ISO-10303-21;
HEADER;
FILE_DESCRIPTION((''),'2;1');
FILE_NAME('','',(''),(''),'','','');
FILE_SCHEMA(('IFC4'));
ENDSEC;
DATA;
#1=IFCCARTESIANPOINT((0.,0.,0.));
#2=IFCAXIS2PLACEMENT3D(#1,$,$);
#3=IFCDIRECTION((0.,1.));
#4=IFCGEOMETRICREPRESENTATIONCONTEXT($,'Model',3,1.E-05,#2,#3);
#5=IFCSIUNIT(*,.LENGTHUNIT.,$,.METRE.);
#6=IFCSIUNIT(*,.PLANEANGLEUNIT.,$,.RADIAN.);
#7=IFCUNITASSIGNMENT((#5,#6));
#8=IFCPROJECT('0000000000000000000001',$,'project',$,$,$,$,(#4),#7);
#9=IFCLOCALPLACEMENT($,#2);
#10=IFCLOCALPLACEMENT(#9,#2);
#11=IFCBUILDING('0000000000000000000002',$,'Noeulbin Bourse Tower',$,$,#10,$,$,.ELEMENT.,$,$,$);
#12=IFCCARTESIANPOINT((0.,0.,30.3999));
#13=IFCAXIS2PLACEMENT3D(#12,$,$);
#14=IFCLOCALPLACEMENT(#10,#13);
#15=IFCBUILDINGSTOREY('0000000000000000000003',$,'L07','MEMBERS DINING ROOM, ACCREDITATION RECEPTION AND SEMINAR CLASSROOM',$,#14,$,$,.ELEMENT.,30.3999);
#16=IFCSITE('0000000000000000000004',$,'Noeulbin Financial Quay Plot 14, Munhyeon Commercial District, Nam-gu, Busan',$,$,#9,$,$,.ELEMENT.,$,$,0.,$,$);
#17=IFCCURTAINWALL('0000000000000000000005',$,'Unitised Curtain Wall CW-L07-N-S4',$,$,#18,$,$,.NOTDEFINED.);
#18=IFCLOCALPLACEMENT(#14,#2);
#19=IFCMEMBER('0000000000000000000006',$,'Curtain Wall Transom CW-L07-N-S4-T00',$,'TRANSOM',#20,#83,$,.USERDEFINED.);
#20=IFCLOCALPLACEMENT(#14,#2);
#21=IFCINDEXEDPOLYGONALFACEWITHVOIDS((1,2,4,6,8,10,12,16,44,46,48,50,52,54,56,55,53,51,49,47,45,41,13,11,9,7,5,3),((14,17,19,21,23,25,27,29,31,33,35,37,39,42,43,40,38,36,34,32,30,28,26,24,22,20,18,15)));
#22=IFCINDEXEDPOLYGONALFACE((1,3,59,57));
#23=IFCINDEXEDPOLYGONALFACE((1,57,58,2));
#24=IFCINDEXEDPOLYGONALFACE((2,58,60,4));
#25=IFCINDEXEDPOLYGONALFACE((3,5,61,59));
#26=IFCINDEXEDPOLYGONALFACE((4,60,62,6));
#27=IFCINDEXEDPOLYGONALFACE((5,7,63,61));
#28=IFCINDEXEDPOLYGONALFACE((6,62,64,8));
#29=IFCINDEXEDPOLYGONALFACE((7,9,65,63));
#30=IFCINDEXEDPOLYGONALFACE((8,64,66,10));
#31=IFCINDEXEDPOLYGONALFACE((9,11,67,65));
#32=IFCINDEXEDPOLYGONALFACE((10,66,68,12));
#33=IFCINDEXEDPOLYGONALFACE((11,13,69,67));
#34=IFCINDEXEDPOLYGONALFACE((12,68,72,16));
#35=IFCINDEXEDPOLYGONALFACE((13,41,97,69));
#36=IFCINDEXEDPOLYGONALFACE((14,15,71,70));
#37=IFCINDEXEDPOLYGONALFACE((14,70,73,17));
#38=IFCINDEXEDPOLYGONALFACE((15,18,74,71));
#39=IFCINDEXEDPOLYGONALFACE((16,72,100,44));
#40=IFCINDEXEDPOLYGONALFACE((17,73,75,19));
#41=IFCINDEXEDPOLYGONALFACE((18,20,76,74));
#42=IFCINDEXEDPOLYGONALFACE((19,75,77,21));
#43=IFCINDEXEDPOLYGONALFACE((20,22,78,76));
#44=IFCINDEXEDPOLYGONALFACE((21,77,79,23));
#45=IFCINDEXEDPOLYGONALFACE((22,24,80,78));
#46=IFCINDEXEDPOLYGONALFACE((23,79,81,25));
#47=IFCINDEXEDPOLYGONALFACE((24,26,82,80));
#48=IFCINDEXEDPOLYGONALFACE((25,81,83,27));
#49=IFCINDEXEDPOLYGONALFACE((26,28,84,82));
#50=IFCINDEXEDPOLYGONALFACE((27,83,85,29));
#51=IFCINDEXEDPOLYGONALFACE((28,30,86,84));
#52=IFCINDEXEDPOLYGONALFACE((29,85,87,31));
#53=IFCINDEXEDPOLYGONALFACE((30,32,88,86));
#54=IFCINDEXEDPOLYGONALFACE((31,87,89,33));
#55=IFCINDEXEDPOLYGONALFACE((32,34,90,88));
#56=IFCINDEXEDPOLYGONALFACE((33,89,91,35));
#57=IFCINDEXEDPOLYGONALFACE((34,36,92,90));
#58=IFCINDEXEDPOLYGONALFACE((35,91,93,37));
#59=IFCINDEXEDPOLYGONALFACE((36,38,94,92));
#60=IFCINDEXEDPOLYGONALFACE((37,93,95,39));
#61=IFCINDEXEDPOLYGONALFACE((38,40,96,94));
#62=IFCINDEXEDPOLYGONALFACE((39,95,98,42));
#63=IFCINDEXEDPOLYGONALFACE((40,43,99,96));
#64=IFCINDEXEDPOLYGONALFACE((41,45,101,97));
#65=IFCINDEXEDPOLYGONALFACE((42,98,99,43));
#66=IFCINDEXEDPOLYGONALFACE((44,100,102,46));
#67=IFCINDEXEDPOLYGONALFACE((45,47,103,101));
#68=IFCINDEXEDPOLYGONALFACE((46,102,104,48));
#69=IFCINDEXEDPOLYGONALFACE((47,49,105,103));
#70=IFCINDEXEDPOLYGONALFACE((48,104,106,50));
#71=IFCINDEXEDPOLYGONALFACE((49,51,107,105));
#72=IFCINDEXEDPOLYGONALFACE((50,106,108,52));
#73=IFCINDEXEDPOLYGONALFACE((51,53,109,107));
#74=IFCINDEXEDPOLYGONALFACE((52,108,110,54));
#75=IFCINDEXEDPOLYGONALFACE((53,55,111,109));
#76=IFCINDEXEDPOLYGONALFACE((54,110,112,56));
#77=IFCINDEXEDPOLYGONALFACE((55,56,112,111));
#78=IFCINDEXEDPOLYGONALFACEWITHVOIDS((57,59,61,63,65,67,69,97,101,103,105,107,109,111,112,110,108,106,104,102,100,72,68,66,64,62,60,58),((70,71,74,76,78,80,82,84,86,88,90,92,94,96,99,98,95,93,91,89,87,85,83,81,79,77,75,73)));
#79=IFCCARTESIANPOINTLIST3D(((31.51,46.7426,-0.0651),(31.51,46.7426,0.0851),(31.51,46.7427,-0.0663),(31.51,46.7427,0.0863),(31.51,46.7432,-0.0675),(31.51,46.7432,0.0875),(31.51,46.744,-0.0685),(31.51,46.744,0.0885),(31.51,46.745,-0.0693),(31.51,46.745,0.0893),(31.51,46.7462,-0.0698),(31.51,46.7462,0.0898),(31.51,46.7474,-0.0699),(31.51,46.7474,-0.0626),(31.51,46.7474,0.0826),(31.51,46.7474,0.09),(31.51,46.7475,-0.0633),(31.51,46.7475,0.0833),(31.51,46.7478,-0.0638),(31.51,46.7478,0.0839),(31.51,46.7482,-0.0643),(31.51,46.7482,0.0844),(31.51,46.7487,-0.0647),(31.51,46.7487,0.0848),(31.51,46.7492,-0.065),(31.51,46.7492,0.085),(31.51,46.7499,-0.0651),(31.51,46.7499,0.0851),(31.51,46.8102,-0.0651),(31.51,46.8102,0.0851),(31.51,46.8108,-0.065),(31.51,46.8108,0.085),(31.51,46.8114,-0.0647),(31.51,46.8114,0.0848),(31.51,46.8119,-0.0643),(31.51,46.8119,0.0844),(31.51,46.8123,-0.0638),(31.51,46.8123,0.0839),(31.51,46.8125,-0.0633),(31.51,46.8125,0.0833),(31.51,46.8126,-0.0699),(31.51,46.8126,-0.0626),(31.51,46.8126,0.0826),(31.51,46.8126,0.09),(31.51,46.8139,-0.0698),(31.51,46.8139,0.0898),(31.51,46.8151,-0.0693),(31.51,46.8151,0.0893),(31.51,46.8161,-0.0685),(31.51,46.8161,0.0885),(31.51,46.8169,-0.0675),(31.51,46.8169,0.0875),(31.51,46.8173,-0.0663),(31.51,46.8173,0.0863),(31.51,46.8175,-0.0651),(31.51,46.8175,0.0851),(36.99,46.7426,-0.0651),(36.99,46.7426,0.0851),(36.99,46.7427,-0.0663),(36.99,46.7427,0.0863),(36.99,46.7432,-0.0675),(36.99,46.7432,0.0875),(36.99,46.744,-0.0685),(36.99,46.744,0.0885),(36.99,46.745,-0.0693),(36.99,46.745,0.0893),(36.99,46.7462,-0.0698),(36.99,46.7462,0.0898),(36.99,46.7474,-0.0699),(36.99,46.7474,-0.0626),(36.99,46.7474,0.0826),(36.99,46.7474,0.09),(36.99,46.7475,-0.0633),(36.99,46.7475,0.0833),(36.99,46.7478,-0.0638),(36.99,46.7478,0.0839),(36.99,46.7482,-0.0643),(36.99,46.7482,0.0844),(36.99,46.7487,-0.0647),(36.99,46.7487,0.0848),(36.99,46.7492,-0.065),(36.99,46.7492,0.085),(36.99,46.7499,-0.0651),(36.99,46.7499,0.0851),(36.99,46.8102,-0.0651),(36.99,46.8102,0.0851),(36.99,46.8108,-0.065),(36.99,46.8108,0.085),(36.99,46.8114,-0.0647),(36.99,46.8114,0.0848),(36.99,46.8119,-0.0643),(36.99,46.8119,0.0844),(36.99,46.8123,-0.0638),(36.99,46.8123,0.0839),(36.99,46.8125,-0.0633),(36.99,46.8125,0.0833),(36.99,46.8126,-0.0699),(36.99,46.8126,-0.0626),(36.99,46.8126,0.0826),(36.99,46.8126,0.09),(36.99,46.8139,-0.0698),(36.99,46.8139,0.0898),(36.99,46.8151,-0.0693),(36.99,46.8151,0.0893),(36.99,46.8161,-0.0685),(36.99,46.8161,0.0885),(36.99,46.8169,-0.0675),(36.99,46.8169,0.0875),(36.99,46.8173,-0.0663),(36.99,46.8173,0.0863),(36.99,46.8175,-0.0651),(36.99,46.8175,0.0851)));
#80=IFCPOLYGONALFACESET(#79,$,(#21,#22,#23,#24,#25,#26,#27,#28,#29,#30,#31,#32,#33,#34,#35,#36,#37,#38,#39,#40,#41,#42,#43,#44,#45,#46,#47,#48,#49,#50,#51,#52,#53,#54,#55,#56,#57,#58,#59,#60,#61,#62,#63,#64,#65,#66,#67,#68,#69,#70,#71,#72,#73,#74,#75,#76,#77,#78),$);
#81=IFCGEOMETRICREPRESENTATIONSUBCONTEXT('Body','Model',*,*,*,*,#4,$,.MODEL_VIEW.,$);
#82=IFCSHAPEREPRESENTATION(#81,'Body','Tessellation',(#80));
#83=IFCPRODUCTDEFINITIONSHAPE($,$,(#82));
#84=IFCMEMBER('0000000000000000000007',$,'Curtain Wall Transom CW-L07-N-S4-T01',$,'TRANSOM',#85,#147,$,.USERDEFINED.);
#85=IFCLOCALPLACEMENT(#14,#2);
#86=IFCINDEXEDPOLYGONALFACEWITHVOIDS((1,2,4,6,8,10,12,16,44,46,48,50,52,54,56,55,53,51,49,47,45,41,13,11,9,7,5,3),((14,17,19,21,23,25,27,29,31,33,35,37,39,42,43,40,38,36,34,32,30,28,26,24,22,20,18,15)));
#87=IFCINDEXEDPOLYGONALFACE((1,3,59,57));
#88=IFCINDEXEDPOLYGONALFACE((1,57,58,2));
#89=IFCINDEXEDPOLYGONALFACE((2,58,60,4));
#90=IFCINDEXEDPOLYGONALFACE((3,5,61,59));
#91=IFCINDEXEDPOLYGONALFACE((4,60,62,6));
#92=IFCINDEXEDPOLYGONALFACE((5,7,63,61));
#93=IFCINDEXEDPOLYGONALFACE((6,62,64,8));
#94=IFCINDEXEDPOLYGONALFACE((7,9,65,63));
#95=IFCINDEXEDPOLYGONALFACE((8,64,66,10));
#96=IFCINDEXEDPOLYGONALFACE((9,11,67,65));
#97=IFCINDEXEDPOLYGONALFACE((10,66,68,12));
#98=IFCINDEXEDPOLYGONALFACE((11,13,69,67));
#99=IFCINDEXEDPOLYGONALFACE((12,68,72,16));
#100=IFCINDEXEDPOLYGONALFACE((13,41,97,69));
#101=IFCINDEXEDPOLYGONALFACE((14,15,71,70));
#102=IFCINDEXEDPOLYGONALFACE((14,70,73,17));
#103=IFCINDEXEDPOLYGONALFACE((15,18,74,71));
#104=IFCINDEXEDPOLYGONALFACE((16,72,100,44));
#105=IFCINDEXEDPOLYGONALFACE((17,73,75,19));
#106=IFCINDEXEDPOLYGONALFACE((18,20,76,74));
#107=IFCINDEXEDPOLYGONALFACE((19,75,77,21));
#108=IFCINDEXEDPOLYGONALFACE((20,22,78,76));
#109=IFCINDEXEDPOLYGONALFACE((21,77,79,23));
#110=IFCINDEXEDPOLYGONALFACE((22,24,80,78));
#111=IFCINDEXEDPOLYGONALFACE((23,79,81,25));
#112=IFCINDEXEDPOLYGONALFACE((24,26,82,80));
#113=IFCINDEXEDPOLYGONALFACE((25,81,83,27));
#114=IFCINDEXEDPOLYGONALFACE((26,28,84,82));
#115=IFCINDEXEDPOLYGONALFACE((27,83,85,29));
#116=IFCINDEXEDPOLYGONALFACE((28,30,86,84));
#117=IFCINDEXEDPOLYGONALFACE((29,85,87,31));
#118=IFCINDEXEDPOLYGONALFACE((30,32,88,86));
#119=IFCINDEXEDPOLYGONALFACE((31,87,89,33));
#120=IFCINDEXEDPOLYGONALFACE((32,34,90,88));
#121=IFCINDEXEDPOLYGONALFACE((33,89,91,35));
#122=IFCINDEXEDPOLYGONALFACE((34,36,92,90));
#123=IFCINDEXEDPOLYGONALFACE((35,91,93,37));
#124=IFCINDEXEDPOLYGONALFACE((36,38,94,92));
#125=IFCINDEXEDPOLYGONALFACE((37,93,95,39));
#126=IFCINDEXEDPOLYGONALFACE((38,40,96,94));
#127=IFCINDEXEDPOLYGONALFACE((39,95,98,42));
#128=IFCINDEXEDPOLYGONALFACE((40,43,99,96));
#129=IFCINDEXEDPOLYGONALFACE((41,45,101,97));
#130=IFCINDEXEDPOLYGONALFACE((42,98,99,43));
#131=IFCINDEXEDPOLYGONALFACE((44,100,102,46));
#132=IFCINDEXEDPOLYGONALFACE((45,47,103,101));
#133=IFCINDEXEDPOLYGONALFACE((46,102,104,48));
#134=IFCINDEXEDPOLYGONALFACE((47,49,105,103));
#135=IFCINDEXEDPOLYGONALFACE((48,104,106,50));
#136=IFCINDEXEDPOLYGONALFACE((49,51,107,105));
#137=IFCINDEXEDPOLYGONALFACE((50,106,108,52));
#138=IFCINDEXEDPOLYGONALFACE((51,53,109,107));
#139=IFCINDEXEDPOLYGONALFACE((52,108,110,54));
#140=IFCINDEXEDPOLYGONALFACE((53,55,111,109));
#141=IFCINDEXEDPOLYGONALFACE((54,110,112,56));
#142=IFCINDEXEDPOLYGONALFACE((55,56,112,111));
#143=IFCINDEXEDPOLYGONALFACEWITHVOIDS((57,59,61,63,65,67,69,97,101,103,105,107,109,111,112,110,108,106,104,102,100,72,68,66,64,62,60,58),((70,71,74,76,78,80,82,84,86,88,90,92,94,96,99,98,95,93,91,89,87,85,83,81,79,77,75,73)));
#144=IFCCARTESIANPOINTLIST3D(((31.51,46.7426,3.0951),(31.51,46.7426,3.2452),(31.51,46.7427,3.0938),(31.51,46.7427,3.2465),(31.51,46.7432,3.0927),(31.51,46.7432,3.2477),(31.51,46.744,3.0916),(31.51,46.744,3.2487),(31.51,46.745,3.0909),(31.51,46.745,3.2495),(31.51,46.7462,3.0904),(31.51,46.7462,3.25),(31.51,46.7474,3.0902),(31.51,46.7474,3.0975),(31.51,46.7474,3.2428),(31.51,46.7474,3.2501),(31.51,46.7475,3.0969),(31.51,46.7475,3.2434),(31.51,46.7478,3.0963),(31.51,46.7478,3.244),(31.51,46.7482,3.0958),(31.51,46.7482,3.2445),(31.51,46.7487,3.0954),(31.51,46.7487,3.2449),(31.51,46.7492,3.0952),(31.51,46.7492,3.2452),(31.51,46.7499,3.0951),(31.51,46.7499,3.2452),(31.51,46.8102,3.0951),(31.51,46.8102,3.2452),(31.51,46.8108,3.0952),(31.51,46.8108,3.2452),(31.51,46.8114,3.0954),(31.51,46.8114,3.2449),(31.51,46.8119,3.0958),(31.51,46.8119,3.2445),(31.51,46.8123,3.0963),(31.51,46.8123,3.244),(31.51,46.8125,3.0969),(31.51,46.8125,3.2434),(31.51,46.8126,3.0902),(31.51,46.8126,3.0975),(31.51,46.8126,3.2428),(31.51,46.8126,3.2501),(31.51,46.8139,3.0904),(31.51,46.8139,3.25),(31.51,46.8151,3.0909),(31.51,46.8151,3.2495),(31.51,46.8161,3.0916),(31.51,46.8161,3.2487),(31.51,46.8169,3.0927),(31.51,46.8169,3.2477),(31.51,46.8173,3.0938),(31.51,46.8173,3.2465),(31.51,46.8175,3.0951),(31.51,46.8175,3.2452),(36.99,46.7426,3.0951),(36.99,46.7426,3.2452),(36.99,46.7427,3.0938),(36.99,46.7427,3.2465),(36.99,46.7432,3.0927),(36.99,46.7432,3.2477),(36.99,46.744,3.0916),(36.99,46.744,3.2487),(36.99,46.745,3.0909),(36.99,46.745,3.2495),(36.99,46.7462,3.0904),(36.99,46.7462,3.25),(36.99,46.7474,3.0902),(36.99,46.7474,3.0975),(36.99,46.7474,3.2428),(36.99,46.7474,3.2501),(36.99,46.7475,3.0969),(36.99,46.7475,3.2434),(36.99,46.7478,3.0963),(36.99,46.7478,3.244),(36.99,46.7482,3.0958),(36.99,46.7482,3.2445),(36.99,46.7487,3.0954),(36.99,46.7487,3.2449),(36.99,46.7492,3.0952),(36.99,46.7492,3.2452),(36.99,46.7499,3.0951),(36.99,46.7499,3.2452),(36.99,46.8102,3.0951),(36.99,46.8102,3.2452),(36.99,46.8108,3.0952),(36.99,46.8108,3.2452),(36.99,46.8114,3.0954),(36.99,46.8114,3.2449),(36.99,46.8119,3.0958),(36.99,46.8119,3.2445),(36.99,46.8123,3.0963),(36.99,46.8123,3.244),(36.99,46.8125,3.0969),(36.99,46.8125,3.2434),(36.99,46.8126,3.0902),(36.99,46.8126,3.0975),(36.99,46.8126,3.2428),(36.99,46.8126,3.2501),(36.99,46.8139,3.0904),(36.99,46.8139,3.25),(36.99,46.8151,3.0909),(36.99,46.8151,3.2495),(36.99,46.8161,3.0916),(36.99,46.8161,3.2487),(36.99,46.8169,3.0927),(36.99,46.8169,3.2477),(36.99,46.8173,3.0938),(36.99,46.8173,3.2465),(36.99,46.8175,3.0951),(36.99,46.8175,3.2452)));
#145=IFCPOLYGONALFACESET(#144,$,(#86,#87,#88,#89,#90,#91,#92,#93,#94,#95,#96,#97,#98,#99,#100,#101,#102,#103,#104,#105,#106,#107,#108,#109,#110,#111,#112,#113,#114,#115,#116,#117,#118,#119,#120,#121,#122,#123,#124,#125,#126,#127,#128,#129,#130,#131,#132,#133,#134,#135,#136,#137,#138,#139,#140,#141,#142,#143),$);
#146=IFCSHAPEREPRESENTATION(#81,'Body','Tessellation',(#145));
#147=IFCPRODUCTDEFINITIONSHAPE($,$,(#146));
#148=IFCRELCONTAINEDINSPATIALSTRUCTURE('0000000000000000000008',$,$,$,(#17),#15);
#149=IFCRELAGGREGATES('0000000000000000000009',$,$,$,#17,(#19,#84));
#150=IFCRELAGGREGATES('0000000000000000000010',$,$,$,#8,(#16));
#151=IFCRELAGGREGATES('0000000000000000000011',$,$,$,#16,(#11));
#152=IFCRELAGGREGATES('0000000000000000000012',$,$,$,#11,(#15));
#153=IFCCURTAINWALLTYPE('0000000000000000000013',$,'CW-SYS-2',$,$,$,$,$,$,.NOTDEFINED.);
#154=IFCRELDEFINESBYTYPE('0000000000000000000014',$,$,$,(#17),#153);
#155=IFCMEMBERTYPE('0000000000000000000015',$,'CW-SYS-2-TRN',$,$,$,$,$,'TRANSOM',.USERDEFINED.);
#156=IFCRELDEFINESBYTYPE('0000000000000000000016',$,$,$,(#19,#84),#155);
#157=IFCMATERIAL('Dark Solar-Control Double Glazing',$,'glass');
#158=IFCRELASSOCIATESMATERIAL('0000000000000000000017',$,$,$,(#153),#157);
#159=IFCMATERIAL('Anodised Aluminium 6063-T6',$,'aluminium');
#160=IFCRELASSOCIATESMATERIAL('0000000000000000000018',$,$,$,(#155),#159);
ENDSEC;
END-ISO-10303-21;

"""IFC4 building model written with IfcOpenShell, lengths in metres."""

from ifc_helpers import new_model, si_unit, direction, frame, origin, origin_2d, place, context, subcontext, project, spatial, hollow_rectangle, extrude, material, material_profile, profile_set, type_object, element, aggregate, save


model = new_model("IFC4")

# Units and contexts
model_context = context("Model", 3, precision=1e-05, world=origin(), true_north=direction((0.0, 1.0)))
body_context = subcontext(model_context, "Body", "Model", "MODEL_VIEW")
ifc_project = project(units=[si_unit("LENGTHUNIT", "METRE"), si_unit("PLANEANGLEUNIT", "RADIAN")], contexts=[model_context])

# Site, building, storey
site_placement = place(None, origin())
site = spatial("IfcSite", under=ifc_project, at=site_placement, Name="Noeulbin Financial Quay Plot 14, Munhyeon Commercial District, Nam-gu, Busan", CompositionType="ELEMENT", RefElevation=0.0)
building_placement = place(site_placement, origin())
building = spatial("IfcBuilding", under=site, at=building_placement, Name="Noeulbin Bourse Tower", CompositionType="ELEMENT")
storey_placement = place(building_placement, frame((0.0, 0.0, 30.3999)))
storey = spatial("IfcBuildingStorey", under=building, at=storey_placement, Name="L07", Description="MEMBERS DINING ROOM, ACCREDITATION RECEPTION AND SEMINAR CLASSROOM", CompositionType="ELEMENT", Elevation=30.3999)

# Shared definitions
ifc_material_1 = material(Name="Dark Solar-Control Double Glazing", Category="glass")
curtain_wall_type = type_object("IfcCurtainWallType", Name="CW-SYS-2", PredefinedType="NOTDEFINED", material=ifc_material_1)
ifc_material_2 = material(Name="Anodised Aluminium 6063-T6", Category="aluminium")

# Curtain wall
curtain_wall_1_placement = place(storey_placement, origin())
curtain_wall_1 = element("IfcCurtainWall", 1, at=curtain_wall_1_placement, inside=storey, type_object=curtain_wall_type, Name="Unitised Curtain Wall CW-L07-N-S4", PredefinedType="NOTDEFINED")

# Members
ifc_material_profile_1 = material_profile(ifc_material_2, hollow_rectangle(XDim=0.075, YDim=0.1599, WallThickness=0.0049, InnerFilletRadius=0.0024, OuterFilletRadius=0.0049, at=origin_2d()), Name="ALU-TRAN-75x160x5", Category="LoadBearing")
ifc_profile_set_1 = profile_set([ifc_material_profile_1], Name="Anodised Aluminium 6063-T6")
member_type_1 = type_object("IfcMemberType", Name="CW-SYS-2-TRN", ElementType="TRANSOM", PredefinedType="USERDEFINED", material=ifc_profile_set_1)
member_1_placement = place(storey_placement, frame((31.51, 46.78, 0.01), z_axis=(1.0, 0.0, 0.0), x_axis=(0.0, 1.0, 0.0)))
member_1 = element("IfcMember", 2, at=member_1_placement, type_object=member_type_1, Name="Curtain Wall Transom CW-L07-N-S4-T00", ObjectType="TRANSOM", PredefinedType="USERDEFINED", context=body_context, shape_type="SweptSolid", body=[
    extrude(hollow_rectangle(XDim=0.075, YDim=0.1599, WallThickness=0.0049, InnerFilletRadius=0.0024, OuterFilletRadius=0.0049, at=origin_2d()), origin(), (0.0, 0.0, 1.0), 5.48),
])
member_2_placement = place(storey_placement, frame((31.51, 46.78, 3.1702), z_axis=(1.0, 0.0, 0.0), x_axis=(0.0, 1.0, 0.0)))
member_2 = element("IfcMember", 3, at=member_2_placement, type_object=member_type_1, Name="Curtain Wall Transom CW-L07-N-S4-T01", ObjectType="TRANSOM", PredefinedType="USERDEFINED", context=body_context, shape_type="SweptSolid", body=[
    extrude(hollow_rectangle(XDim=0.075, YDim=0.1599, WallThickness=0.0049, InnerFilletRadius=0.0024, OuterFilletRadius=0.0049, at=origin_2d()), origin(), (0.0, 0.0, 1.0), 5.48),
])

aggregate(curtain_wall_1, [member_1, member_2])

save(model, "model.ifc")
